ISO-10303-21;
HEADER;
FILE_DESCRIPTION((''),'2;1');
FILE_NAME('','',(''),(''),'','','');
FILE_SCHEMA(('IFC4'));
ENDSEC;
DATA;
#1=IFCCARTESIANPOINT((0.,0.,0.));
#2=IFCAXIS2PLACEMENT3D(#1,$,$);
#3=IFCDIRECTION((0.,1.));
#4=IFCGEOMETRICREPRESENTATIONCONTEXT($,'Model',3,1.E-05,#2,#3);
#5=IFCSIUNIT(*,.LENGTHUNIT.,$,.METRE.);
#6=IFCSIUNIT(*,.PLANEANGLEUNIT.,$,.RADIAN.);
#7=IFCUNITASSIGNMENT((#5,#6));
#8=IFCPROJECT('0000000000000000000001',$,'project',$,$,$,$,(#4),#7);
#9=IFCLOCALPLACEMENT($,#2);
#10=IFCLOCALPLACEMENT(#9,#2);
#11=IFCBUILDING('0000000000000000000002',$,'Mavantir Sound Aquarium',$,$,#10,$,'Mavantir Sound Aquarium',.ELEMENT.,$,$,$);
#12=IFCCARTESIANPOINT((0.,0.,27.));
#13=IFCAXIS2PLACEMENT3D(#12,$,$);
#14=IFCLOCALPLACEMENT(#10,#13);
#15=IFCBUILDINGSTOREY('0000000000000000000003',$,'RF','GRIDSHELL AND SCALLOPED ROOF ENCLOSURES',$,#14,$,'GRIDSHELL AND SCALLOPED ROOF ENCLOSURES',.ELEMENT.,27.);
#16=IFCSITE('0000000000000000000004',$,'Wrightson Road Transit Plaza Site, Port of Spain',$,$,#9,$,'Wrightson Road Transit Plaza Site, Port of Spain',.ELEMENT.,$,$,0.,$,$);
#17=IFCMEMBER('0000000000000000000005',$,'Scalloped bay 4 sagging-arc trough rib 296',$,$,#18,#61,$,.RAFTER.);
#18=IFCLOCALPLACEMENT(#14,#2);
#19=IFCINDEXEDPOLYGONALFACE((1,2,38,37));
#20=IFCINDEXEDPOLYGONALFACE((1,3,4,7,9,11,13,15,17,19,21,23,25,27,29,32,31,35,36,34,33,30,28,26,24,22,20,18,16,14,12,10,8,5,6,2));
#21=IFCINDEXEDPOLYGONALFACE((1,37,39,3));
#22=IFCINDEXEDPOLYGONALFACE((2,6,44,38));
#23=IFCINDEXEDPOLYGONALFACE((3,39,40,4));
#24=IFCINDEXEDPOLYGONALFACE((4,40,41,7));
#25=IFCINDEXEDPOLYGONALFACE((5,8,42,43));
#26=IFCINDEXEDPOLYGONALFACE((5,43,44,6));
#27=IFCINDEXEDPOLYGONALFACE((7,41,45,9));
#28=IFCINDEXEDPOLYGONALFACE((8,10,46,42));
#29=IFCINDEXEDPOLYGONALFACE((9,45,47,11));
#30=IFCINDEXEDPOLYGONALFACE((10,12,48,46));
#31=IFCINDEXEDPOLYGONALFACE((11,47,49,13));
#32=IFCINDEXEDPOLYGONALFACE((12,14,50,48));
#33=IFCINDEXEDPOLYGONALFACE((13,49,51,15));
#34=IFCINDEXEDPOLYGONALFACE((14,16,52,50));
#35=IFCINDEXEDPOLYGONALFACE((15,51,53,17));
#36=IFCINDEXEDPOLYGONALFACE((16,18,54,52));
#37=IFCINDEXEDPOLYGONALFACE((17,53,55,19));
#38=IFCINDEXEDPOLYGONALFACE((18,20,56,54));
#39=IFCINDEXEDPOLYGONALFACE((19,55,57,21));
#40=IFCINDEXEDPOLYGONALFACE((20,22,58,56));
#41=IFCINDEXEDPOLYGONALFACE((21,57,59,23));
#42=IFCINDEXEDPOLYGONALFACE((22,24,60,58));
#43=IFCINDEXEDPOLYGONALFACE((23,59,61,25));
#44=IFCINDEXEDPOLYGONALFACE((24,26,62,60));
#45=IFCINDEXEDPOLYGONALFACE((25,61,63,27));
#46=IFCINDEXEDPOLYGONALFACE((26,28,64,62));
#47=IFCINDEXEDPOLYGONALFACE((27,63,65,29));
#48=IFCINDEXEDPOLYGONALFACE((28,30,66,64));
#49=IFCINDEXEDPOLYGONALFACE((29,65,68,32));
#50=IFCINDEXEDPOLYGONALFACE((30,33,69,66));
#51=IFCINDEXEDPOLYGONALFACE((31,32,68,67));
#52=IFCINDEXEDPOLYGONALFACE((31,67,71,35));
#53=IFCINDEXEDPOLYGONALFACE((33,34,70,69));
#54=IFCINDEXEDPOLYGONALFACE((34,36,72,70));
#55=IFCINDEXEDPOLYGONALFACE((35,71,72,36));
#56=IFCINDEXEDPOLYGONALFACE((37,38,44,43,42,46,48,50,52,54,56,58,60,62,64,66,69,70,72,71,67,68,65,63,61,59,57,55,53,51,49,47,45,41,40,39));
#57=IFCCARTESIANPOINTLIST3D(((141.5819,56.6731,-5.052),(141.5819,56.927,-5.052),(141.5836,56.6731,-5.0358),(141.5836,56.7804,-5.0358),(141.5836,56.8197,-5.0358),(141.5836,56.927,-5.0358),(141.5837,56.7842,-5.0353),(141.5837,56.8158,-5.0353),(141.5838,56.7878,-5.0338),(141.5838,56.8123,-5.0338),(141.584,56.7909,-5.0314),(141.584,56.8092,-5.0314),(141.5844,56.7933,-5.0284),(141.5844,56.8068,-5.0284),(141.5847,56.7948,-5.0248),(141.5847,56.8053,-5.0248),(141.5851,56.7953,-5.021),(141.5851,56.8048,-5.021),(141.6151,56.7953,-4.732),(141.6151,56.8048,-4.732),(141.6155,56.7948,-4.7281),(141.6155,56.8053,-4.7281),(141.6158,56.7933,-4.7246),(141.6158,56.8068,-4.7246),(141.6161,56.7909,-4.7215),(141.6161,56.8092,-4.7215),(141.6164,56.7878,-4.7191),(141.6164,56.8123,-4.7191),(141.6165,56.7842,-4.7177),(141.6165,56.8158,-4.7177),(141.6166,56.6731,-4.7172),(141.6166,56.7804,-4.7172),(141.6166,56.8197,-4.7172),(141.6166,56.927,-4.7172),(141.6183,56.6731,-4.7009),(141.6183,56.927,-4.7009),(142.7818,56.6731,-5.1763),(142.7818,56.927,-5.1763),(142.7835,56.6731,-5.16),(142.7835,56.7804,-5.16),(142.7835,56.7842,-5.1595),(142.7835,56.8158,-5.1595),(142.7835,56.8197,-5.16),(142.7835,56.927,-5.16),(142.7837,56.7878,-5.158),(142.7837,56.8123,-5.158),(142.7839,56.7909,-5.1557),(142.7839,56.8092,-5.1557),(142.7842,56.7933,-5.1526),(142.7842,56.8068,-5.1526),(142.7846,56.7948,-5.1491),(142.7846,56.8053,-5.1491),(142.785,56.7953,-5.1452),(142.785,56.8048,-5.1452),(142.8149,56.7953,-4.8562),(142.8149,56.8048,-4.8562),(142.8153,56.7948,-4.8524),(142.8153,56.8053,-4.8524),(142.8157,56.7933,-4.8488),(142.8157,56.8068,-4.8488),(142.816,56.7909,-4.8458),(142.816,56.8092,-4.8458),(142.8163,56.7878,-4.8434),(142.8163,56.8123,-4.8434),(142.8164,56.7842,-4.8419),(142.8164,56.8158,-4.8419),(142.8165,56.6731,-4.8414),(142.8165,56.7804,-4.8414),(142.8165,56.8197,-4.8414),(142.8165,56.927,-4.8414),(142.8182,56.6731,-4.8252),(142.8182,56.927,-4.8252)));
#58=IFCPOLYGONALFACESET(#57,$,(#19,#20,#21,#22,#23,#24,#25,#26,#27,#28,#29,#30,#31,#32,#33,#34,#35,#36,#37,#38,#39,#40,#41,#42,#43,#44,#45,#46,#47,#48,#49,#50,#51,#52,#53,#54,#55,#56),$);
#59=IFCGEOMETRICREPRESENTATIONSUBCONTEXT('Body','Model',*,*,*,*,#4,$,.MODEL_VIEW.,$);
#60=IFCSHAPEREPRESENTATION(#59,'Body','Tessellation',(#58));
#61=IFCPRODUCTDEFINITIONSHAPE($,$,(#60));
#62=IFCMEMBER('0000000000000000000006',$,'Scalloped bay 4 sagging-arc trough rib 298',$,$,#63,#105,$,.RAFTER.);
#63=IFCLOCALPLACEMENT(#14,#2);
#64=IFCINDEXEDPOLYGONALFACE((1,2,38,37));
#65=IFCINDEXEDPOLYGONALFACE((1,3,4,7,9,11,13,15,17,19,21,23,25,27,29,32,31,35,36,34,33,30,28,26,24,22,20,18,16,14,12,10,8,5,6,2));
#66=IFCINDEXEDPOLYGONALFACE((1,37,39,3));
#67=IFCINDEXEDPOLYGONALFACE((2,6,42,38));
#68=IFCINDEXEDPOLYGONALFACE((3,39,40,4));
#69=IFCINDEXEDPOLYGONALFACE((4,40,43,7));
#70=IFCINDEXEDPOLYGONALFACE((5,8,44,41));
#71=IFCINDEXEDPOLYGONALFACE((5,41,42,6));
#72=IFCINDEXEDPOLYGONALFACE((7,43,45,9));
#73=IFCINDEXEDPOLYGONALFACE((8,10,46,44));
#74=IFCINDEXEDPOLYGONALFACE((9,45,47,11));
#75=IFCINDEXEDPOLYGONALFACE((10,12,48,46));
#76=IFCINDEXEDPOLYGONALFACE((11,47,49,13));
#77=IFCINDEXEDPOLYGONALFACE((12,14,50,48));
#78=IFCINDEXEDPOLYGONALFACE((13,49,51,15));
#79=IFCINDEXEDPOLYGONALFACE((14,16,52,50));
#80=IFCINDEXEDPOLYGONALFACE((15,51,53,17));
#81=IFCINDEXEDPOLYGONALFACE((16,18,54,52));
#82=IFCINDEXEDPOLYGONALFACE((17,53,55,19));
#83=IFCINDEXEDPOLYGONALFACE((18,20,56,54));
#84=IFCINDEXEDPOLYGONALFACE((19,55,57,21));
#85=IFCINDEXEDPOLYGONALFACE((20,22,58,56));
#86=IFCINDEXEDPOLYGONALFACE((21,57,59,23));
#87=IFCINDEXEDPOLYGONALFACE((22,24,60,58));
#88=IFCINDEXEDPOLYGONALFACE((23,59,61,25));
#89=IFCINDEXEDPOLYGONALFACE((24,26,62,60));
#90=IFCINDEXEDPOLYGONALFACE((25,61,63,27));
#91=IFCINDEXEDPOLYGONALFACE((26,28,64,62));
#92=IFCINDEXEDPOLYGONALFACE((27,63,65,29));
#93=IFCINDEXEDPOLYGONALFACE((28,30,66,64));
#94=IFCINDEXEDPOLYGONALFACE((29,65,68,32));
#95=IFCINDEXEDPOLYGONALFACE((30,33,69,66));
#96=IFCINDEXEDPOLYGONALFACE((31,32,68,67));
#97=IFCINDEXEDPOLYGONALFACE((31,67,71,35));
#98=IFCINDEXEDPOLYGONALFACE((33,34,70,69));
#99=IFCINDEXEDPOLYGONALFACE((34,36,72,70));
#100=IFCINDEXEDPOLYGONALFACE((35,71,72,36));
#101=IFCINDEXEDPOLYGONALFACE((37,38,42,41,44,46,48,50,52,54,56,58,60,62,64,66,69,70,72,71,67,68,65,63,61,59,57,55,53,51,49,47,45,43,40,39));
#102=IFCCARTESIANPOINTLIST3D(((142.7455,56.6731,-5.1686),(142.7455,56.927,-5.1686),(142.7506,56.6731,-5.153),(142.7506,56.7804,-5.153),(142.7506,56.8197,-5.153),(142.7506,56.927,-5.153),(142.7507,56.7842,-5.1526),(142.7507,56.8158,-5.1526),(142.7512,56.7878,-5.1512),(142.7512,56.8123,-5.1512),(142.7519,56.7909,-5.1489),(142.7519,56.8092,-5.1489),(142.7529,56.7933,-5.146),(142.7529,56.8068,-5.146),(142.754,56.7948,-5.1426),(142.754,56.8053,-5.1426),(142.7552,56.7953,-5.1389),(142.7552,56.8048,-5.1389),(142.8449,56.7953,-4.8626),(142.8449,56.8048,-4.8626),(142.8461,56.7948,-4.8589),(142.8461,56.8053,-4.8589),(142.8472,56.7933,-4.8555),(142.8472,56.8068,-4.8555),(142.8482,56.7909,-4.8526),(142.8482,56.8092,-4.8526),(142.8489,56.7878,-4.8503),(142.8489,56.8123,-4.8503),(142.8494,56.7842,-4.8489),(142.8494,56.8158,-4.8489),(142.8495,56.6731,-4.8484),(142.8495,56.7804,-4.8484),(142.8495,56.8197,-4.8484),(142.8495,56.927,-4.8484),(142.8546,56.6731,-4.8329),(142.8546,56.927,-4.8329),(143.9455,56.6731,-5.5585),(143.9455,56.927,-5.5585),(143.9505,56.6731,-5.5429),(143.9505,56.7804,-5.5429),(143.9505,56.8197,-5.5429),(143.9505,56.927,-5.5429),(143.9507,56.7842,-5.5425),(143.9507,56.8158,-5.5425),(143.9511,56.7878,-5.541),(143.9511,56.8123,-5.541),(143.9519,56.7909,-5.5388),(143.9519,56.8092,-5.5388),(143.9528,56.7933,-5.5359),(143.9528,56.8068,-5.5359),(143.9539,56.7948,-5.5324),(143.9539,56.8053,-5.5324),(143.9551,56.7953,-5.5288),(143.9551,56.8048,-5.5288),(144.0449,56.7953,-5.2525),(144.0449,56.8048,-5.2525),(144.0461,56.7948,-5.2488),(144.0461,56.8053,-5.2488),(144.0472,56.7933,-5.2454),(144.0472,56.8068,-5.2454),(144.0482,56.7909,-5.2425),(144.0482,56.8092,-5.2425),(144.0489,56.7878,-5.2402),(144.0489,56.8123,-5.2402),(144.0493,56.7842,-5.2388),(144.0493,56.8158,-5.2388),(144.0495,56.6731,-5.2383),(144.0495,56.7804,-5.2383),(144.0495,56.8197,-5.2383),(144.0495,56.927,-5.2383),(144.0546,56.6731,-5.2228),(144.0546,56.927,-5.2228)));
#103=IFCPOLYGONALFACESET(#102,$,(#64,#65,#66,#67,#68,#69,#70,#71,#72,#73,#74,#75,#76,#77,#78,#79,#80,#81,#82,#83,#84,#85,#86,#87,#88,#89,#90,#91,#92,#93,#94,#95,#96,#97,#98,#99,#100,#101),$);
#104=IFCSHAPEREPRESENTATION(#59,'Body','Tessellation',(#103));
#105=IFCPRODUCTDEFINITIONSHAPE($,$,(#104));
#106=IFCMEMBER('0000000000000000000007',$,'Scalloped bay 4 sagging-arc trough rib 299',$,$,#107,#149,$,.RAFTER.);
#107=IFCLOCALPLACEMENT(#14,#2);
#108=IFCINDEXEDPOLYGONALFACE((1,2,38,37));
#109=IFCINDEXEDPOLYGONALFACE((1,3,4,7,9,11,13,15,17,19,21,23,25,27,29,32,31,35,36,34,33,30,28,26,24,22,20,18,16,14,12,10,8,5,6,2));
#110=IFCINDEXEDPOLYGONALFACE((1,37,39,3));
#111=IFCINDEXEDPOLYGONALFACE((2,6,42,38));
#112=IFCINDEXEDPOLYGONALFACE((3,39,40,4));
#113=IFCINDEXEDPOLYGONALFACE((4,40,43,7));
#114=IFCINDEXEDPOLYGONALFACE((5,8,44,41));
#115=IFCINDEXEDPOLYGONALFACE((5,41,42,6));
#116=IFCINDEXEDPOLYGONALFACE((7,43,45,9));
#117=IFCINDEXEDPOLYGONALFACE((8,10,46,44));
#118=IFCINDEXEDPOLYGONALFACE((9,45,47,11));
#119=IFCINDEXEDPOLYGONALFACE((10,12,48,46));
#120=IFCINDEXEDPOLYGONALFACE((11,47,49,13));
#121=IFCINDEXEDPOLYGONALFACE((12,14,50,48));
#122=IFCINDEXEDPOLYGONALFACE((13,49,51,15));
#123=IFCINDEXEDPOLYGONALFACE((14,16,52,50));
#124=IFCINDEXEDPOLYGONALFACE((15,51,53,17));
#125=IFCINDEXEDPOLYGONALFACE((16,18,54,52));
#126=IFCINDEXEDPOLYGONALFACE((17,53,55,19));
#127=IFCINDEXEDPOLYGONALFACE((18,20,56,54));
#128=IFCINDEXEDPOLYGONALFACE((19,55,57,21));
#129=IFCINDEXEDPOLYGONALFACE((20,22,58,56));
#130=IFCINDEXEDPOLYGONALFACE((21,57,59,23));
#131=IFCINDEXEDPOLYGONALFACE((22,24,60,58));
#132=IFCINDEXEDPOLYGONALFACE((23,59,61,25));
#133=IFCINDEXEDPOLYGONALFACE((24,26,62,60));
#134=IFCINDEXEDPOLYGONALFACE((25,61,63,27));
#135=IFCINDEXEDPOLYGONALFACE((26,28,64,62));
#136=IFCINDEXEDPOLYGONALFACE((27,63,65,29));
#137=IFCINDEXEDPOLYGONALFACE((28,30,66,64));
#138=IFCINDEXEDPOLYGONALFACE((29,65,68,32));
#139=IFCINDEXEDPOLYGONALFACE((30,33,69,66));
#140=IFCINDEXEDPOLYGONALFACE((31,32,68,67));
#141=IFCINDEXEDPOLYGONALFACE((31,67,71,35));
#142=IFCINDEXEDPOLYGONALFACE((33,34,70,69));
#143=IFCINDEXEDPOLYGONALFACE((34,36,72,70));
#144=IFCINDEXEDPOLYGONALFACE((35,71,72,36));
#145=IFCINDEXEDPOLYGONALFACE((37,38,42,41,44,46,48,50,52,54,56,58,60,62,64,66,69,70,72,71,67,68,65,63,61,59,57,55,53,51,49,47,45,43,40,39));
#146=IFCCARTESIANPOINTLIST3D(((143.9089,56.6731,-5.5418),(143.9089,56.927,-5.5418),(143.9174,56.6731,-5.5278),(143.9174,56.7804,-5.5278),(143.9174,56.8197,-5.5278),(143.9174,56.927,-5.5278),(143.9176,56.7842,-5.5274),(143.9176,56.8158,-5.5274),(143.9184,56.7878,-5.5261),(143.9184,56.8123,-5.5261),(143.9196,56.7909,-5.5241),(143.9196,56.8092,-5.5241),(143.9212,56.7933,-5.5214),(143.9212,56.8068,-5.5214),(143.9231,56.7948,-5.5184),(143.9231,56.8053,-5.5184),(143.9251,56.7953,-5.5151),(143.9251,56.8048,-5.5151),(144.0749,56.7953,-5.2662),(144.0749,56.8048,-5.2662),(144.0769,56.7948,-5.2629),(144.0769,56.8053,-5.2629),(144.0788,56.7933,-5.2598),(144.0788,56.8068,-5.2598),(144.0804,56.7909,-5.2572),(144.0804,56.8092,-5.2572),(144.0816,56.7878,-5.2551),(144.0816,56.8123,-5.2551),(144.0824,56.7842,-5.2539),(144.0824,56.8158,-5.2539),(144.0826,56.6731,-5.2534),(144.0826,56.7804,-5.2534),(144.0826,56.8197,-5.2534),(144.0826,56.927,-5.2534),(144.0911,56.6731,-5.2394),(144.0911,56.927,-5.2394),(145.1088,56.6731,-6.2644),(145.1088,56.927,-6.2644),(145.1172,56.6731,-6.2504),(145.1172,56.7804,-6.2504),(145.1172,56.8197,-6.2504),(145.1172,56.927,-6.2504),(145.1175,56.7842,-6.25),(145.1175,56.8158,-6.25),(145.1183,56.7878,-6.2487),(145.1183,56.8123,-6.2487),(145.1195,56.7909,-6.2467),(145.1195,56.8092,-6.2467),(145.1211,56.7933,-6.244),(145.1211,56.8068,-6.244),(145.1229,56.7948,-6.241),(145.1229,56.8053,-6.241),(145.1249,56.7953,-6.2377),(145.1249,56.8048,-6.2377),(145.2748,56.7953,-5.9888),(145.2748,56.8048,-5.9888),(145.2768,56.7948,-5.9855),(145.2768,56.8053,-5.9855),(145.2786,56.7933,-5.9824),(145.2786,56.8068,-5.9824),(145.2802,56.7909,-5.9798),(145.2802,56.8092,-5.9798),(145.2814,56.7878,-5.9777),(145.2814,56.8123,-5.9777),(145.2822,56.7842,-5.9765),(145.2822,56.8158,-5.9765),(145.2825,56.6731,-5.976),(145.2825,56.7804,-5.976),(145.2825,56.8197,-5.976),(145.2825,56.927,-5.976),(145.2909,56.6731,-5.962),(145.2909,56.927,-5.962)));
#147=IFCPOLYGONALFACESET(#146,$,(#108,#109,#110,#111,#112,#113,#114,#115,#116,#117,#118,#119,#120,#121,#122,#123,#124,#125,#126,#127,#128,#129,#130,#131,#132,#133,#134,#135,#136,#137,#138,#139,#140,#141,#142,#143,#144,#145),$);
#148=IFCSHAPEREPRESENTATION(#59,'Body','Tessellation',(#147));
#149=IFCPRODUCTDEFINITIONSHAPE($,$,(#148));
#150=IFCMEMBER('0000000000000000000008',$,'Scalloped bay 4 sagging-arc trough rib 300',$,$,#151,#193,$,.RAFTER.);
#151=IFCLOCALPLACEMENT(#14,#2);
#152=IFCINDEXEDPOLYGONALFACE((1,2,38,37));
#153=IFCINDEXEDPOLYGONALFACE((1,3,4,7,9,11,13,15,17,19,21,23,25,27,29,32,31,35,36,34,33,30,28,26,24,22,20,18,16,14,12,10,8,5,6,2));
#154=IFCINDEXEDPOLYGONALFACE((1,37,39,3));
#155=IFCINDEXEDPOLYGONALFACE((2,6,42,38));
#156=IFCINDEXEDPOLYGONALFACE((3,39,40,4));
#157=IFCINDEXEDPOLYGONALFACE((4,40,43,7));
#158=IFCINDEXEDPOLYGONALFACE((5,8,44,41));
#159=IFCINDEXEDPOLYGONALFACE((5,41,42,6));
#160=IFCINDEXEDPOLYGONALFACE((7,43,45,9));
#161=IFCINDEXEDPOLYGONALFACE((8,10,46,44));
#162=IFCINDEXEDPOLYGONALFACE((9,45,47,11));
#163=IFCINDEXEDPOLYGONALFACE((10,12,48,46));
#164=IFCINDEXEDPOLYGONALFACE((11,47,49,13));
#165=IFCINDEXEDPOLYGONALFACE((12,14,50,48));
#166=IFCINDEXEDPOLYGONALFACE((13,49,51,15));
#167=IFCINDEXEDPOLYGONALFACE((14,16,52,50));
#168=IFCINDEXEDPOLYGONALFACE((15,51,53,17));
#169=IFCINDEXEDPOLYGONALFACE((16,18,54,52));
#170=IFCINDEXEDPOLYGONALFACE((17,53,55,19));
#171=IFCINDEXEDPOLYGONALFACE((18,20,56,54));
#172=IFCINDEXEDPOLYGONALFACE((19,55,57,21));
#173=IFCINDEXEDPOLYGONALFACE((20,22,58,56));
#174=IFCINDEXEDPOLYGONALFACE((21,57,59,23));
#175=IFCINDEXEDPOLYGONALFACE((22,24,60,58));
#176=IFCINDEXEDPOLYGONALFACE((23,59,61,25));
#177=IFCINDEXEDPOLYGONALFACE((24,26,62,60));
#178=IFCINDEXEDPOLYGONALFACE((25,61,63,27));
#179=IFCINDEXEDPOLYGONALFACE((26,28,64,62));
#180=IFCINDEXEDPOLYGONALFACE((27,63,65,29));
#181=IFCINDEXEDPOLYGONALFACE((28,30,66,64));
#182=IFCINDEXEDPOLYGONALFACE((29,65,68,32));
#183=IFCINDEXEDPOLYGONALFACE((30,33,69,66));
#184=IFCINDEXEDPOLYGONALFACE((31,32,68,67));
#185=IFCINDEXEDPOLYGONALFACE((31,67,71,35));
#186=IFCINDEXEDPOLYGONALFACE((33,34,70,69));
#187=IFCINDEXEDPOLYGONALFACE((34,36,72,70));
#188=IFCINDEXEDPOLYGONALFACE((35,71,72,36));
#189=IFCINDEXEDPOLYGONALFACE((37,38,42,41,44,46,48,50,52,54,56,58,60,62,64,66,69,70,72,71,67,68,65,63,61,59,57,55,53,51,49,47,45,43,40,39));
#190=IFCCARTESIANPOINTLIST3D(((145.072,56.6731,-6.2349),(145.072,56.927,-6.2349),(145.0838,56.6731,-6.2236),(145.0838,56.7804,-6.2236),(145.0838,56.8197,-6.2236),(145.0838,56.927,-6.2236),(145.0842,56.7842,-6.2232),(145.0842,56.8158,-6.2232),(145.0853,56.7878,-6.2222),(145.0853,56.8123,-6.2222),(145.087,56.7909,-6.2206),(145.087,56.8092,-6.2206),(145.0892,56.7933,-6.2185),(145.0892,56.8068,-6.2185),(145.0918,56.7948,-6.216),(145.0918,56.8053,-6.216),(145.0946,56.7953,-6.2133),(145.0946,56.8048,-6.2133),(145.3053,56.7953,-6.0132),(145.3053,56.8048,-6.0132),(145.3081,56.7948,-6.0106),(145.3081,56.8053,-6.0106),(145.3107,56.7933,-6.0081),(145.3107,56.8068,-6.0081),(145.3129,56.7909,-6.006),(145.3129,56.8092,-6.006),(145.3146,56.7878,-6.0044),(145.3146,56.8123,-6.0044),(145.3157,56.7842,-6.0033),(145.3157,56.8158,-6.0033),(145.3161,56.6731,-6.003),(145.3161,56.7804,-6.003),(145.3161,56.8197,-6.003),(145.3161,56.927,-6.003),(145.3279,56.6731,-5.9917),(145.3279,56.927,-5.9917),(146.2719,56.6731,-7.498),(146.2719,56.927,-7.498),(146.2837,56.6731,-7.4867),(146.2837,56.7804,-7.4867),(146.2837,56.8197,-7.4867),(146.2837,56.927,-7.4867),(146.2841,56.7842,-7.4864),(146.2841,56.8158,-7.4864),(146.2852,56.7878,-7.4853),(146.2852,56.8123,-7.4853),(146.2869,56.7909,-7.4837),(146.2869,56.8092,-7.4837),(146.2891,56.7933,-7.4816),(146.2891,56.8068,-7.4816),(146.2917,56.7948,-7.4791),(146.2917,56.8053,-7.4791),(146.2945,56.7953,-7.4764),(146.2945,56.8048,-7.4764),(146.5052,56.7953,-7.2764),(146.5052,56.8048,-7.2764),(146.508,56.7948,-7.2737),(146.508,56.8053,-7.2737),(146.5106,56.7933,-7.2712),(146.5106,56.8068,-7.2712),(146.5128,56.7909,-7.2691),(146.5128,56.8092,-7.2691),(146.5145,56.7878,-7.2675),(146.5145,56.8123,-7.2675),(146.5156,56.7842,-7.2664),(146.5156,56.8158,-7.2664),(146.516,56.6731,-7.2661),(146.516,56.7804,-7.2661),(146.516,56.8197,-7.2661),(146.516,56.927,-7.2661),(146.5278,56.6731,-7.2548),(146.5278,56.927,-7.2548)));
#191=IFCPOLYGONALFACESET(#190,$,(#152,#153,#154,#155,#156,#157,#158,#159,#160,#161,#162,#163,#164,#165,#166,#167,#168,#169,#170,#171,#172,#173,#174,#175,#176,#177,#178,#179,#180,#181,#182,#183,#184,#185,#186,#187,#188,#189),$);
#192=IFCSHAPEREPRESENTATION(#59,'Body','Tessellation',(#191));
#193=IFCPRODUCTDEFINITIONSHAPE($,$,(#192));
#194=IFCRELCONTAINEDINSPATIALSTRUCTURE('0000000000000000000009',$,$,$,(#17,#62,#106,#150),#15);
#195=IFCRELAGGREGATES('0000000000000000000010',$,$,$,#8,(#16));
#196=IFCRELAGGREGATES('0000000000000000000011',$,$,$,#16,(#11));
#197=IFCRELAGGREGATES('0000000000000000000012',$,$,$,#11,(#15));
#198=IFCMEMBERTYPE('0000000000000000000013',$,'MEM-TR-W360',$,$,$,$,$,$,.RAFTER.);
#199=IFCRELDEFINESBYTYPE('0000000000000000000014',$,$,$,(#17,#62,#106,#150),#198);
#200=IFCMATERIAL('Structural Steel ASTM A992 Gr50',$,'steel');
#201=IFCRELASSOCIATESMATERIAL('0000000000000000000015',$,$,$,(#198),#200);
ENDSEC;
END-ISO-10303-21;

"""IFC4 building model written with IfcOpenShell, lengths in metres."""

from ifc_helpers import new_model, si_unit, direction, frame, origin, origin_2d, place, context, subcontext, project, spatial, i_section, extrude, material, material_profile, profile_set, type_object, element, save


model = new_model("IFC4")

# Units and contexts
model_context = context("Model", 3, precision=1e-05, world=origin(), true_north=direction((0.0, 1.0)))
body_context = subcontext(model_context, "Body", "Model", "MODEL_VIEW")
ifc_project = project(units=[si_unit("LENGTHUNIT", "METRE"), si_unit("PLANEANGLEUNIT", "RADIAN")], contexts=[model_context])

# Site, building, storey
site_placement = place(None, origin())
site = spatial("IfcSite", under=ifc_project, at=site_placement, Name="Wrightson Road Transit Plaza Site, Port of Spain", LongName="Wrightson Road Transit Plaza Site, Port of Spain", CompositionType="ELEMENT", RefElevation=0.0)
building_placement = place(site_placement, origin())
building = spatial("IfcBuilding", under=site, at=building_placement, Name="Mavantir Sound Aquarium", LongName="Mavantir Sound Aquarium", CompositionType="ELEMENT")
storey_placement = place(building_placement, frame((0.0, 0.0, 27.0)))
storey = spatial("IfcBuildingStorey", under=building, at=storey_placement, Name="RF", Description="GRIDSHELL AND SCALLOPED ROOF ENCLOSURES", LongName="GRIDSHELL AND SCALLOPED ROOF ENCLOSURES", CompositionType="ELEMENT", Elevation=27.0)

# Shared definitions
ifc_material_1 = material(Name="Structural Steel ASTM A992 Gr50", Category="steel")

# Members
ifc_material_profile_1 = material_profile(ifc_material_1, i_section(OverallWidth=0.2539, OverallDepth=0.353, WebThickness=0.0095, FlangeThickness=0.0164, FilletRadius=0.0149, at=origin_2d()), Name="W360X91")
ifc_profile_set_1 = profile_set([ifc_material_profile_1], Name="Structural Steel ASTM A992 Gr50")
member_type_1 = type_object("IfcMemberType", Name="MEM-TR-W360", PredefinedType="RAFTER", material=ifc_profile_set_1)
member_1_placement = place(storey_placement, frame((141.6001, 56.8, -4.8765), z_axis=(0.99468, 0.0, -0.10301), x_axis=(0.0, 1.0, 0.0)))
element("IfcMember", 1, at=member_1_placement, inside=storey, type_object=member_type_1, Name="Scalloped bay 4 sagging-arc trough rib 296", PredefinedType="RAFTER", context=body_context, shape_type="SweptSolid", body=[
    extrude(i_section(OverallWidth=0.2539, OverallDepth=0.353, WebThickness=0.0095, FlangeThickness=0.0164, FilletRadius=0.0149, at=origin_2d()), origin(), (0.0, 0.0, 1.0), 1.2063),
])
member_2_placement = place(storey_placement, frame((142.8, 56.8, -5.0007), z_axis=(0.951055, 0.0, -0.30902), x_axis=(0.0, 1.0, 0.0)))
element("IfcMember", 2, at=member_2_placement, inside=storey, type_object=member_type_1, Name="Scalloped bay 4 sagging-arc trough rib 298", PredefinedType="RAFTER", context=body_context, shape_type="SweptSolid", body=[
    extrude(i_section(OverallWidth=0.2539, OverallDepth=0.353, WebThickness=0.0095, FlangeThickness=0.0164, FilletRadius=0.0149, at=origin_2d()), origin(), (0.0, 0.0, 1.0), 1.2617),
])
member_3_placement = place(storey_placement, frame((144.0, 56.8, -5.3906), z_axis=(0.856646, 0.0, -0.515905), x_axis=(0.0, 1.0, 0.0)))
element("IfcMember", 3, at=member_3_placement, inside=storey, type_object=member_type_1, Name="Scalloped bay 4 sagging-arc trough rib 299", PredefinedType="RAFTER", context=body_context, shape_type="SweptSolid", body=[
    extrude(i_section(OverallWidth=0.2539, OverallDepth=0.353, WebThickness=0.0095, FlangeThickness=0.0164, FilletRadius=0.0149, at=origin_2d()), origin(), (0.0, 0.0, 1.0), 1.4006),
])
member_4_placement = place(storey_placement, frame((145.2, 56.8, -6.1133), z_axis=(0.688727, 0.0, -0.72502), x_axis=(0.0, 1.0, 0.0)))
element("IfcMember", 4, at=member_4_placement, inside=storey, type_object=member_type_1, Name="Scalloped bay 4 sagging-arc trough rib 300", PredefinedType="RAFTER", context=body_context, shape_type="SweptSolid", body=[
    extrude(i_section(OverallWidth=0.2539, OverallDepth=0.353, WebThickness=0.0095, FlangeThickness=0.0164, FilletRadius=0.0149, at=origin_2d()), origin(), (0.0, 0.0, 1.0), 1.7422),
])

save(model, "model.ifc")
